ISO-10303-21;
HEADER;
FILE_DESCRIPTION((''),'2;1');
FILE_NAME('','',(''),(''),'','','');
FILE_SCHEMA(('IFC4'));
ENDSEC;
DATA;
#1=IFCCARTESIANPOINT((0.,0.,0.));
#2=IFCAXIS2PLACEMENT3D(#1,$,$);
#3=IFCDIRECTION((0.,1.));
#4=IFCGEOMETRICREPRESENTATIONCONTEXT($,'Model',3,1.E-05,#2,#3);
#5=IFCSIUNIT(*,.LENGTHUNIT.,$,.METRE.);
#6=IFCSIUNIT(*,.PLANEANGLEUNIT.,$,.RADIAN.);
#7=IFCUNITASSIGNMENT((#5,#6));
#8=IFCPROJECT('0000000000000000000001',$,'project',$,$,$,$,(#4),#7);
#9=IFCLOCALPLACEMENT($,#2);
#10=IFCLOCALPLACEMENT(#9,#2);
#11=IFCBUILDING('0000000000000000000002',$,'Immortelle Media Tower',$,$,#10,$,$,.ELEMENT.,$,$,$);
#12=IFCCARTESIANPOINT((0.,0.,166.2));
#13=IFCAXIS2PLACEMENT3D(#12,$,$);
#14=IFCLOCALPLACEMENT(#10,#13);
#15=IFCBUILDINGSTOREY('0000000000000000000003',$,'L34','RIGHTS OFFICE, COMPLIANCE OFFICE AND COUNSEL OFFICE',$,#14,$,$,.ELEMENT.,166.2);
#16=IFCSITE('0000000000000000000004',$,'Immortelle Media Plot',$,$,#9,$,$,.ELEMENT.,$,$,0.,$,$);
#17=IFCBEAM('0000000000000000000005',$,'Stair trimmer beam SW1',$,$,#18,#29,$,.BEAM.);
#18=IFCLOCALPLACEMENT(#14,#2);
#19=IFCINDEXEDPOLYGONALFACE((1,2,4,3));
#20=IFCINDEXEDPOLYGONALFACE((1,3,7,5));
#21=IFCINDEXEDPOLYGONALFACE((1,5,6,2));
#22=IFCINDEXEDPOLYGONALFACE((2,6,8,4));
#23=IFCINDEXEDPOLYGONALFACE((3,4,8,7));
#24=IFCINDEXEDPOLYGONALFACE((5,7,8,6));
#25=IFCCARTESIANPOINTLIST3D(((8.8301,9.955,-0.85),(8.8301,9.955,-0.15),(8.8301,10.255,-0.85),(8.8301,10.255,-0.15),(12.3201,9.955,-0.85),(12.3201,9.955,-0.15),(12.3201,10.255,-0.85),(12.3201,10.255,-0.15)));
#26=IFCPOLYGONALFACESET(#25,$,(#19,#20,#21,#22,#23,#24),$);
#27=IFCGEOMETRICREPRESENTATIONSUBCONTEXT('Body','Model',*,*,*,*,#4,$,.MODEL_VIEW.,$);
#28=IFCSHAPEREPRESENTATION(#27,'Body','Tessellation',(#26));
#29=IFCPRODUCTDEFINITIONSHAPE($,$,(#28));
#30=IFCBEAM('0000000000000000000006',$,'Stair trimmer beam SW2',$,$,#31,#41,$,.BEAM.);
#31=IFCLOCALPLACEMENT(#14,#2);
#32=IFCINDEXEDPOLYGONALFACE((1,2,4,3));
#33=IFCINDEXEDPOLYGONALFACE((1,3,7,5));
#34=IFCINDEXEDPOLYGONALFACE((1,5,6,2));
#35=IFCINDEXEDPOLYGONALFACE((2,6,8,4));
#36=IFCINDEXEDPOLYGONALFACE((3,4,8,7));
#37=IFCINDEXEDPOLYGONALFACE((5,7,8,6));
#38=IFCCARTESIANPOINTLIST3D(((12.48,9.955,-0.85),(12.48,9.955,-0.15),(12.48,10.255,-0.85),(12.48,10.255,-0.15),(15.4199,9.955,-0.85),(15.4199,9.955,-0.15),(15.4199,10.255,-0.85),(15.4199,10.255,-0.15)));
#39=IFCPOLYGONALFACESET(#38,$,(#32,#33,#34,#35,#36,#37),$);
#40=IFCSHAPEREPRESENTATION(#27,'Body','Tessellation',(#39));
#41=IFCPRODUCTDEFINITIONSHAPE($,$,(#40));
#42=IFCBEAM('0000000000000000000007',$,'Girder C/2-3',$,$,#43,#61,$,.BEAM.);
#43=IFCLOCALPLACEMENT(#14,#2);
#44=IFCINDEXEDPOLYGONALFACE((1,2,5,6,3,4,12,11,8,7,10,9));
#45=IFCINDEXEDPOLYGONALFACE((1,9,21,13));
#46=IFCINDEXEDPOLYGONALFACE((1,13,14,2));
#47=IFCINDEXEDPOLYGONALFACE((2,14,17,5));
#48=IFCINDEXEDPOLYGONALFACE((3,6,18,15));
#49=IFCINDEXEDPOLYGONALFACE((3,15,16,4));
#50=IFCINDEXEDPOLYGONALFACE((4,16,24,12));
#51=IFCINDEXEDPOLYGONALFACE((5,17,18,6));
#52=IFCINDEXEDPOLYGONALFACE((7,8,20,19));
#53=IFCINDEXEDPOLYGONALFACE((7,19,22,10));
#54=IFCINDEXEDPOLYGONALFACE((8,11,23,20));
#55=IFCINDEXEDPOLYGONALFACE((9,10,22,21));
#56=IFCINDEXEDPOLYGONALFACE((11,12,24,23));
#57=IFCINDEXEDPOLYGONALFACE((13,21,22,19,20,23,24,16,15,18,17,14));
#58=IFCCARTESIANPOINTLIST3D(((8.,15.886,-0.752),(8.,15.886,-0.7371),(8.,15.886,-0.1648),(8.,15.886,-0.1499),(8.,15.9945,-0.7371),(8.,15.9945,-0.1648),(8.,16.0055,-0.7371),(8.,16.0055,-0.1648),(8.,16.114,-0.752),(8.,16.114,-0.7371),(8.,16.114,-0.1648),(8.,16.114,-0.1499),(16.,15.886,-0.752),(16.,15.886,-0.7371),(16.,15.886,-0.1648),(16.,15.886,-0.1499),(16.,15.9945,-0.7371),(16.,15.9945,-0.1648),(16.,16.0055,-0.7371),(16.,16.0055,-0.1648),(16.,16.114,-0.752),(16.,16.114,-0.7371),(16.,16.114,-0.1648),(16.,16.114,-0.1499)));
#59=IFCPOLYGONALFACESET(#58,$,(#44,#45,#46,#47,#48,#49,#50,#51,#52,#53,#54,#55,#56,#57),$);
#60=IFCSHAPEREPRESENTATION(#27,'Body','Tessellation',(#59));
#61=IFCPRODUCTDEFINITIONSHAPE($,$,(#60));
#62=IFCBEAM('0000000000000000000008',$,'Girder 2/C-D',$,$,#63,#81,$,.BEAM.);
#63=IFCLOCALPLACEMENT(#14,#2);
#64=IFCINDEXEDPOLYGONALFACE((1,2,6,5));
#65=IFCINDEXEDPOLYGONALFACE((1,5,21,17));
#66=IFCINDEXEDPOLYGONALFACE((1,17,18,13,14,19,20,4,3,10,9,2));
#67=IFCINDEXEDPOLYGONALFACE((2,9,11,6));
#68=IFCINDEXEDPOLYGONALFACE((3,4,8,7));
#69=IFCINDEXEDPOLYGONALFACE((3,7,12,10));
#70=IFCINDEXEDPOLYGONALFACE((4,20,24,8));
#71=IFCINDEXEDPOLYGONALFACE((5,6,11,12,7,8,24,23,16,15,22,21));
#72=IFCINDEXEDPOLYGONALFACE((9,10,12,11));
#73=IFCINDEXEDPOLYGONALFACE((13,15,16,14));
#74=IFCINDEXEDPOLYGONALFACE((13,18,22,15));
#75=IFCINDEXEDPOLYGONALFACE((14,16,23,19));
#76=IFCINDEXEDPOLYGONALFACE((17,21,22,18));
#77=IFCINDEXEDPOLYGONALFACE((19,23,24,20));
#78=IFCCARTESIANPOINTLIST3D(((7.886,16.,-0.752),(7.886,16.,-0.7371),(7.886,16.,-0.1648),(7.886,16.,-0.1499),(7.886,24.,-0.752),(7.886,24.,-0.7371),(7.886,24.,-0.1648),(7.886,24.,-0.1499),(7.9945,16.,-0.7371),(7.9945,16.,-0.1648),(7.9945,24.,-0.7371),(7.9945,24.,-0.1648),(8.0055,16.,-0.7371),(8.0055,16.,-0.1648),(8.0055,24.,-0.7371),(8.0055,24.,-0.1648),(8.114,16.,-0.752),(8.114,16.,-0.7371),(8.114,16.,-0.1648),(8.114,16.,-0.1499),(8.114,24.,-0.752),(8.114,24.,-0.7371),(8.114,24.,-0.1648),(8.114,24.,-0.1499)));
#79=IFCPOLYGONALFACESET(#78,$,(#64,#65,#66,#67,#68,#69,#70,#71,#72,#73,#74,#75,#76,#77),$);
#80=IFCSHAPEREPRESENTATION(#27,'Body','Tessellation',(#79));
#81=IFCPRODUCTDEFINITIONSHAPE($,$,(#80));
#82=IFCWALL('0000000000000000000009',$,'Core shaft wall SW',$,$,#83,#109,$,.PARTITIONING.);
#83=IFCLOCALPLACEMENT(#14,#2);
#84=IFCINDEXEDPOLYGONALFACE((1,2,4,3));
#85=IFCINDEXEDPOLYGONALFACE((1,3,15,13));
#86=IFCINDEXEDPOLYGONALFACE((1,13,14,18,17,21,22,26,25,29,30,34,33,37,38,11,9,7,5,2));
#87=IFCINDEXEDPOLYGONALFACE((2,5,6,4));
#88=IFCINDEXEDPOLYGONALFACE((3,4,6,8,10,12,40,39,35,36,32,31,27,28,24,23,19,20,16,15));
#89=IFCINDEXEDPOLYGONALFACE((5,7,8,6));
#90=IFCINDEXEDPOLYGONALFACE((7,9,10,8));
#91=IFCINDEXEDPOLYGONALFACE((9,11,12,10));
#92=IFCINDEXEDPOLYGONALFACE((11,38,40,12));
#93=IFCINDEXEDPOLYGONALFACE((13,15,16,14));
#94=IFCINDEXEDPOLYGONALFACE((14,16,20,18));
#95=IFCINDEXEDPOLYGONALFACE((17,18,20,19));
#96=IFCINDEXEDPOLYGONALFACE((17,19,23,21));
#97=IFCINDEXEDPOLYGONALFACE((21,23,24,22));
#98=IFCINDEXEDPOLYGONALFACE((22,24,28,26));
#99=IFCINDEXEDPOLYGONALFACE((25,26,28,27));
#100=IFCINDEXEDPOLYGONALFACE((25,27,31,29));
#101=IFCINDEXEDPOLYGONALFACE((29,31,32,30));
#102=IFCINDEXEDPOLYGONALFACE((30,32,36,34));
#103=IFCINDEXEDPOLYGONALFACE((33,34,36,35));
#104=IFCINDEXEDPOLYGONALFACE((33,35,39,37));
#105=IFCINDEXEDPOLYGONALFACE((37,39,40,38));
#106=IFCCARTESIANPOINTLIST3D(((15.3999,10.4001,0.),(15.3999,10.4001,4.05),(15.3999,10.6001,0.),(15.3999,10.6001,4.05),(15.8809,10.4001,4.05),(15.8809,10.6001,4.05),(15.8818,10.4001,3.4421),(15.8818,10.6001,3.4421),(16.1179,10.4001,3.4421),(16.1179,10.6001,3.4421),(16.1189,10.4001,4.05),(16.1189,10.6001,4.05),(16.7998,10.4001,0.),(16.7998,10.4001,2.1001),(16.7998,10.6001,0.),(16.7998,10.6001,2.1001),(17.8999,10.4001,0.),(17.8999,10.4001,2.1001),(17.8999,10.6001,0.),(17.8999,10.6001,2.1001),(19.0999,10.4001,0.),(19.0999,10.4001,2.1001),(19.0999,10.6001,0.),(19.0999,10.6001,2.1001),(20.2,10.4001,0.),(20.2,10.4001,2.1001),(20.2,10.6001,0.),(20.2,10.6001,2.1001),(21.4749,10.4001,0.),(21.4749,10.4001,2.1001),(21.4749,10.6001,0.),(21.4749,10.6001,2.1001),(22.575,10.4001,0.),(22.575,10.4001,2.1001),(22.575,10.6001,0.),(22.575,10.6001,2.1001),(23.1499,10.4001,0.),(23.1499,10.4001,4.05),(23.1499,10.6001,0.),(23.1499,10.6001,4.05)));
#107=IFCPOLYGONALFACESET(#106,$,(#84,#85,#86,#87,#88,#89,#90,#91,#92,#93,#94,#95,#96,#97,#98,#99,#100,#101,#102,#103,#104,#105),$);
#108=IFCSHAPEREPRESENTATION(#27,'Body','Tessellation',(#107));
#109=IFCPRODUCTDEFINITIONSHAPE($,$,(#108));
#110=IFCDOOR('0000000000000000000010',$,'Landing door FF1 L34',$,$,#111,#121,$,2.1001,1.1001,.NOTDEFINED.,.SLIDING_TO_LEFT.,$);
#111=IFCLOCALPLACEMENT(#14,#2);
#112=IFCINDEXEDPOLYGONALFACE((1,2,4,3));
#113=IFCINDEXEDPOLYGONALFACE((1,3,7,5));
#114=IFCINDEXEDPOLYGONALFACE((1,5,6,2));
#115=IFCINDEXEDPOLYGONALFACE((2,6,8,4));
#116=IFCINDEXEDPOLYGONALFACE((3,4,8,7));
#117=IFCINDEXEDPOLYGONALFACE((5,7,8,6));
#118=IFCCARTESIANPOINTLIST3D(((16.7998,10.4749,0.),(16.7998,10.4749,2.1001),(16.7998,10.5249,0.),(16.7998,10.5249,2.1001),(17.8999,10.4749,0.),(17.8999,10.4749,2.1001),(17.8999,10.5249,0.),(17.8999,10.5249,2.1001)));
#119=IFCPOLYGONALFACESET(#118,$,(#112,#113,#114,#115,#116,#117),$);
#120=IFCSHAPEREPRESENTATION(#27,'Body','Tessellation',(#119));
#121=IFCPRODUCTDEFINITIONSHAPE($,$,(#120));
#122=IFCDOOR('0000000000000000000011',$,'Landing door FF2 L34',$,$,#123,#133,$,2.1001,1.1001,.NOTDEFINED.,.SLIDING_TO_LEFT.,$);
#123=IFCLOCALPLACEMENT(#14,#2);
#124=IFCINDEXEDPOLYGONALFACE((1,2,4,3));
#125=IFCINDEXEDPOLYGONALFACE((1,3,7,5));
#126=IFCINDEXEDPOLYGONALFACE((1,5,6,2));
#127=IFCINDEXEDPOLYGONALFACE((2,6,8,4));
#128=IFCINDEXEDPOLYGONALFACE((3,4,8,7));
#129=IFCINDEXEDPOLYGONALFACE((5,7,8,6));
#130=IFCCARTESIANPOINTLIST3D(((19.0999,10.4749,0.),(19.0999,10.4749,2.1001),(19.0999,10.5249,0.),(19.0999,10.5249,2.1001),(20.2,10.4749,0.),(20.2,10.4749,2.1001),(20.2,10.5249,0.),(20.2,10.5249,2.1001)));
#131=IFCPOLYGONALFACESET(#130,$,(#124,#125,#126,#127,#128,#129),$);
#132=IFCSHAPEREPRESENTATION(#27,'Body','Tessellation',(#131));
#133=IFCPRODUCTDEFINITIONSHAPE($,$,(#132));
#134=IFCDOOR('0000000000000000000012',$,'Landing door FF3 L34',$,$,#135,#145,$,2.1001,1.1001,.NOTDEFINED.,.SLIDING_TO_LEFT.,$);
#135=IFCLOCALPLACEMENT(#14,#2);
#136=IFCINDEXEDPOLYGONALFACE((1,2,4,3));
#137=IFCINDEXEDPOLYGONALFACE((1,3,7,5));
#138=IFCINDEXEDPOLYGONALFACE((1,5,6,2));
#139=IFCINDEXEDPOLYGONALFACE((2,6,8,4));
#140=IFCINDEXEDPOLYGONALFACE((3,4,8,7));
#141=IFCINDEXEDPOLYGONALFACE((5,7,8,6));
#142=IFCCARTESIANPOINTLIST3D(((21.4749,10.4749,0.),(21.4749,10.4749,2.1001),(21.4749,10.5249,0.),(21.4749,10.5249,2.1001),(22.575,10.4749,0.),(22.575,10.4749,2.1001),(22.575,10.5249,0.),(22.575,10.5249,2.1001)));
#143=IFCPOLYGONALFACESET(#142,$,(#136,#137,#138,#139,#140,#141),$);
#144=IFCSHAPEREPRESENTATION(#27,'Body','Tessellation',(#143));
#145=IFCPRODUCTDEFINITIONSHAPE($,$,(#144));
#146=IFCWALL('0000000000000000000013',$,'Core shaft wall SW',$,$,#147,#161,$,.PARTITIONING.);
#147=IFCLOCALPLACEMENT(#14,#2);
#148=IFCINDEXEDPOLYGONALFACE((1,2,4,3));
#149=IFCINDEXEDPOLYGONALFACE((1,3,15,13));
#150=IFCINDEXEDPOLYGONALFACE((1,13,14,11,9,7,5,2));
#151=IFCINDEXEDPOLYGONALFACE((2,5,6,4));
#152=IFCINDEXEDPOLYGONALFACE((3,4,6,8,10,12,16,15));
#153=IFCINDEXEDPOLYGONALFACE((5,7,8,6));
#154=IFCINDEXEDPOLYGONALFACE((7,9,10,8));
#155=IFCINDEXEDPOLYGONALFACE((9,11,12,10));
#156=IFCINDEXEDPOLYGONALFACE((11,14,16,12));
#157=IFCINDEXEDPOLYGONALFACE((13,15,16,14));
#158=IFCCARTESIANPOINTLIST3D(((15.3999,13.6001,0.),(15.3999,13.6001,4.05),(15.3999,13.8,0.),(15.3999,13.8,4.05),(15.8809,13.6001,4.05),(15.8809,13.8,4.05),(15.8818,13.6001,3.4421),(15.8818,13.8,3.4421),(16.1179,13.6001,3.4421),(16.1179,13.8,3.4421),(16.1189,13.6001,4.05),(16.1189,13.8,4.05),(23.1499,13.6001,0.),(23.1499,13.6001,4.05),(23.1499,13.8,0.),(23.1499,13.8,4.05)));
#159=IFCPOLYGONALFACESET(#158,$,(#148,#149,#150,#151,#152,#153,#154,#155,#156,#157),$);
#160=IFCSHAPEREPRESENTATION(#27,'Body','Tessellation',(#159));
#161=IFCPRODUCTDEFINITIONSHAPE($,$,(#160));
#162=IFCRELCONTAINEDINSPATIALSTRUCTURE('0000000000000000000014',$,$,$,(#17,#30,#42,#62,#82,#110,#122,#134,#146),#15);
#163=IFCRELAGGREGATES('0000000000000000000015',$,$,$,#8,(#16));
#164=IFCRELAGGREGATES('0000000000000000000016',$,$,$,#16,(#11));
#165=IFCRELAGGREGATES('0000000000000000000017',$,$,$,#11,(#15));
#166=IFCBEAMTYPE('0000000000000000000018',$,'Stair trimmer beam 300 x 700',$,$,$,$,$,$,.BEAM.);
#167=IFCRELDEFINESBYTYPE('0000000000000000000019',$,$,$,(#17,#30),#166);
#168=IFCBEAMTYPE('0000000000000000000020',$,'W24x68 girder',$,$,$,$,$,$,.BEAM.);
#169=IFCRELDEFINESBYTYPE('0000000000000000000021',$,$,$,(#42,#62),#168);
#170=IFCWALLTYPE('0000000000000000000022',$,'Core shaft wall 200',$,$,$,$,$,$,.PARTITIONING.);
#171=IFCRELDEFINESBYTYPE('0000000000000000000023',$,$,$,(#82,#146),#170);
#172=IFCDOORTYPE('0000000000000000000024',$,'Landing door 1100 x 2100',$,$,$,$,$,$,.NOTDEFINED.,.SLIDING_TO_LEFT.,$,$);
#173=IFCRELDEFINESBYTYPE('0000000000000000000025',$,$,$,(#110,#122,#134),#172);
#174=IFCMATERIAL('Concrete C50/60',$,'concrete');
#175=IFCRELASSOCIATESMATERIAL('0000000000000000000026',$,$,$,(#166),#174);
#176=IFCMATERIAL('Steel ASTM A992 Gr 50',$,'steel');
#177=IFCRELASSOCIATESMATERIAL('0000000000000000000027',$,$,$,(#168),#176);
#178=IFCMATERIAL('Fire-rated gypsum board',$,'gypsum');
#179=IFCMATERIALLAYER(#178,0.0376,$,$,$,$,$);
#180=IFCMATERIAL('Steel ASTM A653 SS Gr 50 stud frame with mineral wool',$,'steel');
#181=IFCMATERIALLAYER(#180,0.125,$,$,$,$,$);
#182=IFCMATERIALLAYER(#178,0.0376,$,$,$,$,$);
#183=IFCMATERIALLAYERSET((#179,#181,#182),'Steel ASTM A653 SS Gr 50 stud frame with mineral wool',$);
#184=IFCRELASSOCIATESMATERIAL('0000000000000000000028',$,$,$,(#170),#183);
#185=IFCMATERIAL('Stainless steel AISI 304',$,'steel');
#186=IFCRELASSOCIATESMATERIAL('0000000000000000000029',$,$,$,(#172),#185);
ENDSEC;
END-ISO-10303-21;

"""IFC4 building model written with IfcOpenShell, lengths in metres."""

from ifc_helpers import new_model, si_unit, direction, frame, frame_2d, origin, origin_2d, place, context, subcontext, project, spatial, polyline, rectangle, i_section, outline, extrude, material, layer, layer_set, material_profile, profile_set, type_object, element, fill, save


model = new_model("IFC4")

# Units and contexts
model_context = context("Model", 3, precision=1e-05, world=origin(), true_north=direction((0.0, 1.0)))
body_context = subcontext(model_context, "Body", "Model", "MODEL_VIEW")
ifc_project = project(units=[si_unit("LENGTHUNIT", "METRE"), si_unit("PLANEANGLEUNIT", "RADIAN")], contexts=[model_context])

# Site, building, storey
site_placement = place(None, origin())
site = spatial("IfcSite", under=ifc_project, at=site_placement, Name="Immortelle Media Plot", CompositionType="ELEMENT", RefElevation=0.0)
building_placement = place(site_placement, origin())
building = spatial("IfcBuilding", under=site, at=building_placement, Name="Immortelle Media Tower", CompositionType="ELEMENT")
storey_placement = place(building_placement, frame((0.0, 0.0, 166.2)))
storey = spatial("IfcBuildingStorey", under=building, at=storey_placement, Name="L34", Description="RIGHTS OFFICE, COMPLIANCE OFFICE AND COUNSEL OFFICE", CompositionType="ELEMENT", Elevation=166.2)

# Beams
ifc_material_1 = material(Name="Concrete C50/60", Category="concrete")
ifc_material_profile_1 = material_profile(ifc_material_1, rectangle(XDim=0.3, YDim=0.7, at=origin_2d()), Name="RC 300x700")
ifc_profile_set_1 = profile_set([ifc_material_profile_1], Name="Concrete C50/60")
beam_type_1 = type_object("IfcBeamType", Name="Stair trimmer beam 300 x 700", PredefinedType="BEAM", material=ifc_profile_set_1)
beam_1_placement = place(storey_placement, frame((8.8301, 10.105, -0.5), z_axis=(1.0, 0.0, 0.0), x_axis=(0.0, 1.0, 0.0)))
element("IfcBeam", 1, at=beam_1_placement, inside=storey, type_object=beam_type_1, Name="Stair trimmer beam SW1", PredefinedType="BEAM", context=body_context, shape_type="SweptSolid", body=[
    extrude(rectangle(XDim=0.3, YDim=0.7, at=origin_2d()), origin(), (0.0, 0.0, 1.0), 3.49),
])
beam_2_placement = place(storey_placement, frame((12.48, 10.105, -0.5), z_axis=(1.0, 0.0, 0.0), x_axis=(0.0, 1.0, 0.0)))
element("IfcBeam", 2, at=beam_2_placement, inside=storey, type_object=beam_type_1, Name="Stair trimmer beam SW2", PredefinedType="BEAM", context=body_context, shape_type="SweptSolid", body=[
    extrude(rectangle(XDim=0.3, YDim=0.7, at=origin_2d()), origin(), (0.0, 0.0, 1.0), 2.9399),
])
ifc_material_2 = material(Name="Steel ASTM A992 Gr 50", Category="steel")
ifc_material_profile_2 = material_profile(ifc_material_2, i_section(OverallWidth=0.228, OverallDepth=0.6021, WebThickness=0.011, FlangeThickness=0.0149, at=origin_2d()), Name="W24x68")
ifc_profile_set_2 = profile_set([ifc_material_profile_2], Name="Steel ASTM A992 Gr 50")
beam_type_2 = type_object("IfcBeamType", Name="W24x68 girder", PredefinedType="BEAM", material=ifc_profile_set_2)
for number, where, z_axis, x_axis, name in (
    (3, (8.0, 16.0, -0.4509), (1.0, 0.0, 0.0), (0.0, 1.0, 0.0), "Girder C/2-3"),
    (4, (8.0, 16.0, -0.4509), (0.0, 1.0, 0.0), (-1.0, 0.0, 0.0), "Girder 2/C-D"),
):
    element("IfcBeam", number, at=place(storey_placement, frame(where, z_axis=z_axis, x_axis=x_axis)), inside=storey, type_object=beam_type_2, Name=name, PredefinedType="BEAM", context=body_context, shape_type="SweptSolid", body=[
        extrude(i_section(OverallWidth=0.228, OverallDepth=0.6021, WebThickness=0.011, FlangeThickness=0.0149, at=origin_2d()), origin(), (0.0, 0.0, 1.0), 8.0),
    ])

# Wall, openings, doors
ifc_material_3 = material(Name="Fire-rated gypsum board", Category="gypsum")
ifc_layer_1 = layer(ifc_material_3, 0.0376)
ifc_material_4 = material(Name="Steel ASTM A653 SS Gr 50 stud frame with mineral wool", Category="steel")
ifc_layer_2 = layer(ifc_material_4, 0.125)
ifc_layer_3 = layer(ifc_material_3, 0.0376)
ifc_layer_set_1 = layer_set([ifc_layer_1, ifc_layer_2, ifc_layer_3], Name="Steel ASTM A653 SS Gr 50 stud frame with mineral wool")
wall_type_1 = type_object("IfcWallType", Name="Core shaft wall 200", PredefinedType="PARTITIONING", material=ifc_layer_set_1)
wall_1_placement = place(storey_placement, frame((15.3999, 10.5, 0.0), z_axis=(0.0, 0.0, 1.0), x_axis=(1.0, 0.0, 0.0)))
wall_1 = element("IfcWall", 5, at=wall_1_placement, inside=storey, type_object=wall_type_1, Name="Core shaft wall SW", PredefinedType="PARTITIONING", context=body_context, shape_type="SweptSolid", body=[
    extrude(outline(polyline([(0.0, 0.0), (7.75, 0.0), (7.75, 4.05), (0.719, 4.05), (0.718, 3.4421), (0.4819, 3.4421), (0.481, 4.05), (0.0, 4.05), (0.0, 0.0)])), frame((0.0, 0.1001, 0.0), z_axis=(0.0, -1.0, 0.0), x_axis=(1.0, 0.0, 0.0)), (0.0, 0.0, 1.0), 0.2),
])
opening_1_placement = place(wall_1_placement, frame((1.3999, 0.0, 0.0)))
opening_1 = element("IfcOpeningElement", 6, at=opening_1_placement, cuts=wall_1, PredefinedType="OPENING", context=body_context, shape_type="SweptSolid", body=[
    extrude(rectangle(XDim=1.1001, YDim=2.1001, at=frame_2d((0.55, 1.05))), frame((0.0, 0.1099, 0.0), z_axis=(0.0, -1.0, 0.0), x_axis=(1.0, 0.0, 0.0)), (0.0, 0.0, 1.0), 0.22),
])
opening_2_placement = place(wall_1_placement, frame((3.7, 0.0, 0.0)))
opening_2 = element("IfcOpeningElement", 7, at=opening_2_placement, cuts=wall_1, PredefinedType="OPENING", context=body_context, shape_type="SweptSolid", body=[
    extrude(rectangle(XDim=1.1001, YDim=2.1001, at=frame_2d((0.55, 1.05))), frame((0.0, 0.1099, 0.0), z_axis=(0.0, -1.0, 0.0), x_axis=(1.0, 0.0, 0.0)), (0.0, 0.0, 1.0), 0.22),
])
opening_3_placement = place(wall_1_placement, frame((6.075, 0.0, 0.0)))
opening_3 = element("IfcOpeningElement", 8, at=opening_3_placement, cuts=wall_1, PredefinedType="OPENING", context=body_context, shape_type="SweptSolid", body=[
    extrude(rectangle(XDim=1.1001, YDim=2.1001, at=frame_2d((0.55, 1.05))), frame((0.0, 0.1099, 0.0), z_axis=(0.0, -1.0, 0.0), x_axis=(1.0, 0.0, 0.0)), (0.0, 0.0, 1.0), 0.22),
])
ifc_material_5 = material(Name="Stainless steel AISI 304", Category="steel")
door_type_1 = type_object("IfcDoorType", Name="Landing door 1100 x 2100", OperationType="SLIDING_TO_LEFT", PredefinedType="NOTDEFINED", material=ifc_material_5)
door_1_placement = place(opening_1_placement, origin())
door_1 = element("IfcDoor", 9, at=door_1_placement, inside=storey, type_object=door_type_1, Name="Landing door FF1 L34", OperationType="SLIDING_TO_LEFT", OverallHeight=2.1001, OverallWidth=1.1001, PredefinedType="NOTDEFINED", context=body_context, shape_type="SweptSolid", body=[
    extrude(rectangle(XDim=1.1001, YDim=2.1001, at=frame_2d((0.55, 1.05))), frame((0.0, 0.0249, 0.0), z_axis=(0.0, -1.0, 0.0), x_axis=(1.0, 0.0, 0.0)), (0.0, 0.0, 1.0), 0.05),
])
fill(opening_1, door_1)
door_2_placement = place(opening_2_placement, origin())
door_2 = element("IfcDoor", 10, at=door_2_placement, inside=storey, type_object=door_type_1, Name="Landing door FF2 L34", OperationType="SLIDING_TO_LEFT", OverallHeight=2.1001, OverallWidth=1.1001, PredefinedType="NOTDEFINED", context=body_context, shape_type="SweptSolid", body=[
    extrude(rectangle(XDim=1.1001, YDim=2.1001, at=frame_2d((0.55, 1.05))), frame((0.0, 0.0249, 0.0), z_axis=(0.0, -1.0, 0.0), x_axis=(1.0, 0.0, 0.0)), (0.0, 0.0, 1.0), 0.05),
])
fill(opening_2, door_2)
door_3_placement = place(opening_3_placement, origin())
door_3 = element("IfcDoor", 11, at=door_3_placement, inside=storey, type_object=door_type_1, Name="Landing door FF3 L34", OperationType="SLIDING_TO_LEFT", OverallHeight=2.1001, OverallWidth=1.1001, PredefinedType="NOTDEFINED", context=body_context, shape_type="SweptSolid", body=[
    extrude(rectangle(XDim=1.1001, YDim=2.1001, at=frame_2d((0.55, 1.05))), frame((0.0, 0.0249, 0.0), z_axis=(0.0, -1.0, 0.0), x_axis=(1.0, 0.0, 0.0)), (0.0, 0.0, 1.0), 0.05),
])
fill(opening_3, door_3)

# Wall
wall_2_placement = place(storey_placement, frame((15.3999, 13.7, 0.0), z_axis=(0.0, 0.0, 1.0), x_axis=(1.0, 0.0, 0.0)))
element("IfcWall", 12, at=wall_2_placement, inside=storey, type_object=wall_type_1, Name="Core shaft wall SW", PredefinedType="PARTITIONING", context=body_context, shape_type="SweptSolid", body=[
    extrude(outline(polyline([(0.0, 0.0), (7.75, 0.0), (7.75, 4.05), (0.719, 4.05), (0.718, 3.4421), (0.4819, 3.4421), (0.481, 4.05), (0.0, 4.05), (0.0, 0.0)])), frame((0.0, 0.1001, 0.0), z_axis=(0.0, -1.0, 0.0), x_axis=(1.0, 0.0, 0.0)), (0.0, 0.0, 1.0), 0.2),
])

save(model, "model.ifc")
